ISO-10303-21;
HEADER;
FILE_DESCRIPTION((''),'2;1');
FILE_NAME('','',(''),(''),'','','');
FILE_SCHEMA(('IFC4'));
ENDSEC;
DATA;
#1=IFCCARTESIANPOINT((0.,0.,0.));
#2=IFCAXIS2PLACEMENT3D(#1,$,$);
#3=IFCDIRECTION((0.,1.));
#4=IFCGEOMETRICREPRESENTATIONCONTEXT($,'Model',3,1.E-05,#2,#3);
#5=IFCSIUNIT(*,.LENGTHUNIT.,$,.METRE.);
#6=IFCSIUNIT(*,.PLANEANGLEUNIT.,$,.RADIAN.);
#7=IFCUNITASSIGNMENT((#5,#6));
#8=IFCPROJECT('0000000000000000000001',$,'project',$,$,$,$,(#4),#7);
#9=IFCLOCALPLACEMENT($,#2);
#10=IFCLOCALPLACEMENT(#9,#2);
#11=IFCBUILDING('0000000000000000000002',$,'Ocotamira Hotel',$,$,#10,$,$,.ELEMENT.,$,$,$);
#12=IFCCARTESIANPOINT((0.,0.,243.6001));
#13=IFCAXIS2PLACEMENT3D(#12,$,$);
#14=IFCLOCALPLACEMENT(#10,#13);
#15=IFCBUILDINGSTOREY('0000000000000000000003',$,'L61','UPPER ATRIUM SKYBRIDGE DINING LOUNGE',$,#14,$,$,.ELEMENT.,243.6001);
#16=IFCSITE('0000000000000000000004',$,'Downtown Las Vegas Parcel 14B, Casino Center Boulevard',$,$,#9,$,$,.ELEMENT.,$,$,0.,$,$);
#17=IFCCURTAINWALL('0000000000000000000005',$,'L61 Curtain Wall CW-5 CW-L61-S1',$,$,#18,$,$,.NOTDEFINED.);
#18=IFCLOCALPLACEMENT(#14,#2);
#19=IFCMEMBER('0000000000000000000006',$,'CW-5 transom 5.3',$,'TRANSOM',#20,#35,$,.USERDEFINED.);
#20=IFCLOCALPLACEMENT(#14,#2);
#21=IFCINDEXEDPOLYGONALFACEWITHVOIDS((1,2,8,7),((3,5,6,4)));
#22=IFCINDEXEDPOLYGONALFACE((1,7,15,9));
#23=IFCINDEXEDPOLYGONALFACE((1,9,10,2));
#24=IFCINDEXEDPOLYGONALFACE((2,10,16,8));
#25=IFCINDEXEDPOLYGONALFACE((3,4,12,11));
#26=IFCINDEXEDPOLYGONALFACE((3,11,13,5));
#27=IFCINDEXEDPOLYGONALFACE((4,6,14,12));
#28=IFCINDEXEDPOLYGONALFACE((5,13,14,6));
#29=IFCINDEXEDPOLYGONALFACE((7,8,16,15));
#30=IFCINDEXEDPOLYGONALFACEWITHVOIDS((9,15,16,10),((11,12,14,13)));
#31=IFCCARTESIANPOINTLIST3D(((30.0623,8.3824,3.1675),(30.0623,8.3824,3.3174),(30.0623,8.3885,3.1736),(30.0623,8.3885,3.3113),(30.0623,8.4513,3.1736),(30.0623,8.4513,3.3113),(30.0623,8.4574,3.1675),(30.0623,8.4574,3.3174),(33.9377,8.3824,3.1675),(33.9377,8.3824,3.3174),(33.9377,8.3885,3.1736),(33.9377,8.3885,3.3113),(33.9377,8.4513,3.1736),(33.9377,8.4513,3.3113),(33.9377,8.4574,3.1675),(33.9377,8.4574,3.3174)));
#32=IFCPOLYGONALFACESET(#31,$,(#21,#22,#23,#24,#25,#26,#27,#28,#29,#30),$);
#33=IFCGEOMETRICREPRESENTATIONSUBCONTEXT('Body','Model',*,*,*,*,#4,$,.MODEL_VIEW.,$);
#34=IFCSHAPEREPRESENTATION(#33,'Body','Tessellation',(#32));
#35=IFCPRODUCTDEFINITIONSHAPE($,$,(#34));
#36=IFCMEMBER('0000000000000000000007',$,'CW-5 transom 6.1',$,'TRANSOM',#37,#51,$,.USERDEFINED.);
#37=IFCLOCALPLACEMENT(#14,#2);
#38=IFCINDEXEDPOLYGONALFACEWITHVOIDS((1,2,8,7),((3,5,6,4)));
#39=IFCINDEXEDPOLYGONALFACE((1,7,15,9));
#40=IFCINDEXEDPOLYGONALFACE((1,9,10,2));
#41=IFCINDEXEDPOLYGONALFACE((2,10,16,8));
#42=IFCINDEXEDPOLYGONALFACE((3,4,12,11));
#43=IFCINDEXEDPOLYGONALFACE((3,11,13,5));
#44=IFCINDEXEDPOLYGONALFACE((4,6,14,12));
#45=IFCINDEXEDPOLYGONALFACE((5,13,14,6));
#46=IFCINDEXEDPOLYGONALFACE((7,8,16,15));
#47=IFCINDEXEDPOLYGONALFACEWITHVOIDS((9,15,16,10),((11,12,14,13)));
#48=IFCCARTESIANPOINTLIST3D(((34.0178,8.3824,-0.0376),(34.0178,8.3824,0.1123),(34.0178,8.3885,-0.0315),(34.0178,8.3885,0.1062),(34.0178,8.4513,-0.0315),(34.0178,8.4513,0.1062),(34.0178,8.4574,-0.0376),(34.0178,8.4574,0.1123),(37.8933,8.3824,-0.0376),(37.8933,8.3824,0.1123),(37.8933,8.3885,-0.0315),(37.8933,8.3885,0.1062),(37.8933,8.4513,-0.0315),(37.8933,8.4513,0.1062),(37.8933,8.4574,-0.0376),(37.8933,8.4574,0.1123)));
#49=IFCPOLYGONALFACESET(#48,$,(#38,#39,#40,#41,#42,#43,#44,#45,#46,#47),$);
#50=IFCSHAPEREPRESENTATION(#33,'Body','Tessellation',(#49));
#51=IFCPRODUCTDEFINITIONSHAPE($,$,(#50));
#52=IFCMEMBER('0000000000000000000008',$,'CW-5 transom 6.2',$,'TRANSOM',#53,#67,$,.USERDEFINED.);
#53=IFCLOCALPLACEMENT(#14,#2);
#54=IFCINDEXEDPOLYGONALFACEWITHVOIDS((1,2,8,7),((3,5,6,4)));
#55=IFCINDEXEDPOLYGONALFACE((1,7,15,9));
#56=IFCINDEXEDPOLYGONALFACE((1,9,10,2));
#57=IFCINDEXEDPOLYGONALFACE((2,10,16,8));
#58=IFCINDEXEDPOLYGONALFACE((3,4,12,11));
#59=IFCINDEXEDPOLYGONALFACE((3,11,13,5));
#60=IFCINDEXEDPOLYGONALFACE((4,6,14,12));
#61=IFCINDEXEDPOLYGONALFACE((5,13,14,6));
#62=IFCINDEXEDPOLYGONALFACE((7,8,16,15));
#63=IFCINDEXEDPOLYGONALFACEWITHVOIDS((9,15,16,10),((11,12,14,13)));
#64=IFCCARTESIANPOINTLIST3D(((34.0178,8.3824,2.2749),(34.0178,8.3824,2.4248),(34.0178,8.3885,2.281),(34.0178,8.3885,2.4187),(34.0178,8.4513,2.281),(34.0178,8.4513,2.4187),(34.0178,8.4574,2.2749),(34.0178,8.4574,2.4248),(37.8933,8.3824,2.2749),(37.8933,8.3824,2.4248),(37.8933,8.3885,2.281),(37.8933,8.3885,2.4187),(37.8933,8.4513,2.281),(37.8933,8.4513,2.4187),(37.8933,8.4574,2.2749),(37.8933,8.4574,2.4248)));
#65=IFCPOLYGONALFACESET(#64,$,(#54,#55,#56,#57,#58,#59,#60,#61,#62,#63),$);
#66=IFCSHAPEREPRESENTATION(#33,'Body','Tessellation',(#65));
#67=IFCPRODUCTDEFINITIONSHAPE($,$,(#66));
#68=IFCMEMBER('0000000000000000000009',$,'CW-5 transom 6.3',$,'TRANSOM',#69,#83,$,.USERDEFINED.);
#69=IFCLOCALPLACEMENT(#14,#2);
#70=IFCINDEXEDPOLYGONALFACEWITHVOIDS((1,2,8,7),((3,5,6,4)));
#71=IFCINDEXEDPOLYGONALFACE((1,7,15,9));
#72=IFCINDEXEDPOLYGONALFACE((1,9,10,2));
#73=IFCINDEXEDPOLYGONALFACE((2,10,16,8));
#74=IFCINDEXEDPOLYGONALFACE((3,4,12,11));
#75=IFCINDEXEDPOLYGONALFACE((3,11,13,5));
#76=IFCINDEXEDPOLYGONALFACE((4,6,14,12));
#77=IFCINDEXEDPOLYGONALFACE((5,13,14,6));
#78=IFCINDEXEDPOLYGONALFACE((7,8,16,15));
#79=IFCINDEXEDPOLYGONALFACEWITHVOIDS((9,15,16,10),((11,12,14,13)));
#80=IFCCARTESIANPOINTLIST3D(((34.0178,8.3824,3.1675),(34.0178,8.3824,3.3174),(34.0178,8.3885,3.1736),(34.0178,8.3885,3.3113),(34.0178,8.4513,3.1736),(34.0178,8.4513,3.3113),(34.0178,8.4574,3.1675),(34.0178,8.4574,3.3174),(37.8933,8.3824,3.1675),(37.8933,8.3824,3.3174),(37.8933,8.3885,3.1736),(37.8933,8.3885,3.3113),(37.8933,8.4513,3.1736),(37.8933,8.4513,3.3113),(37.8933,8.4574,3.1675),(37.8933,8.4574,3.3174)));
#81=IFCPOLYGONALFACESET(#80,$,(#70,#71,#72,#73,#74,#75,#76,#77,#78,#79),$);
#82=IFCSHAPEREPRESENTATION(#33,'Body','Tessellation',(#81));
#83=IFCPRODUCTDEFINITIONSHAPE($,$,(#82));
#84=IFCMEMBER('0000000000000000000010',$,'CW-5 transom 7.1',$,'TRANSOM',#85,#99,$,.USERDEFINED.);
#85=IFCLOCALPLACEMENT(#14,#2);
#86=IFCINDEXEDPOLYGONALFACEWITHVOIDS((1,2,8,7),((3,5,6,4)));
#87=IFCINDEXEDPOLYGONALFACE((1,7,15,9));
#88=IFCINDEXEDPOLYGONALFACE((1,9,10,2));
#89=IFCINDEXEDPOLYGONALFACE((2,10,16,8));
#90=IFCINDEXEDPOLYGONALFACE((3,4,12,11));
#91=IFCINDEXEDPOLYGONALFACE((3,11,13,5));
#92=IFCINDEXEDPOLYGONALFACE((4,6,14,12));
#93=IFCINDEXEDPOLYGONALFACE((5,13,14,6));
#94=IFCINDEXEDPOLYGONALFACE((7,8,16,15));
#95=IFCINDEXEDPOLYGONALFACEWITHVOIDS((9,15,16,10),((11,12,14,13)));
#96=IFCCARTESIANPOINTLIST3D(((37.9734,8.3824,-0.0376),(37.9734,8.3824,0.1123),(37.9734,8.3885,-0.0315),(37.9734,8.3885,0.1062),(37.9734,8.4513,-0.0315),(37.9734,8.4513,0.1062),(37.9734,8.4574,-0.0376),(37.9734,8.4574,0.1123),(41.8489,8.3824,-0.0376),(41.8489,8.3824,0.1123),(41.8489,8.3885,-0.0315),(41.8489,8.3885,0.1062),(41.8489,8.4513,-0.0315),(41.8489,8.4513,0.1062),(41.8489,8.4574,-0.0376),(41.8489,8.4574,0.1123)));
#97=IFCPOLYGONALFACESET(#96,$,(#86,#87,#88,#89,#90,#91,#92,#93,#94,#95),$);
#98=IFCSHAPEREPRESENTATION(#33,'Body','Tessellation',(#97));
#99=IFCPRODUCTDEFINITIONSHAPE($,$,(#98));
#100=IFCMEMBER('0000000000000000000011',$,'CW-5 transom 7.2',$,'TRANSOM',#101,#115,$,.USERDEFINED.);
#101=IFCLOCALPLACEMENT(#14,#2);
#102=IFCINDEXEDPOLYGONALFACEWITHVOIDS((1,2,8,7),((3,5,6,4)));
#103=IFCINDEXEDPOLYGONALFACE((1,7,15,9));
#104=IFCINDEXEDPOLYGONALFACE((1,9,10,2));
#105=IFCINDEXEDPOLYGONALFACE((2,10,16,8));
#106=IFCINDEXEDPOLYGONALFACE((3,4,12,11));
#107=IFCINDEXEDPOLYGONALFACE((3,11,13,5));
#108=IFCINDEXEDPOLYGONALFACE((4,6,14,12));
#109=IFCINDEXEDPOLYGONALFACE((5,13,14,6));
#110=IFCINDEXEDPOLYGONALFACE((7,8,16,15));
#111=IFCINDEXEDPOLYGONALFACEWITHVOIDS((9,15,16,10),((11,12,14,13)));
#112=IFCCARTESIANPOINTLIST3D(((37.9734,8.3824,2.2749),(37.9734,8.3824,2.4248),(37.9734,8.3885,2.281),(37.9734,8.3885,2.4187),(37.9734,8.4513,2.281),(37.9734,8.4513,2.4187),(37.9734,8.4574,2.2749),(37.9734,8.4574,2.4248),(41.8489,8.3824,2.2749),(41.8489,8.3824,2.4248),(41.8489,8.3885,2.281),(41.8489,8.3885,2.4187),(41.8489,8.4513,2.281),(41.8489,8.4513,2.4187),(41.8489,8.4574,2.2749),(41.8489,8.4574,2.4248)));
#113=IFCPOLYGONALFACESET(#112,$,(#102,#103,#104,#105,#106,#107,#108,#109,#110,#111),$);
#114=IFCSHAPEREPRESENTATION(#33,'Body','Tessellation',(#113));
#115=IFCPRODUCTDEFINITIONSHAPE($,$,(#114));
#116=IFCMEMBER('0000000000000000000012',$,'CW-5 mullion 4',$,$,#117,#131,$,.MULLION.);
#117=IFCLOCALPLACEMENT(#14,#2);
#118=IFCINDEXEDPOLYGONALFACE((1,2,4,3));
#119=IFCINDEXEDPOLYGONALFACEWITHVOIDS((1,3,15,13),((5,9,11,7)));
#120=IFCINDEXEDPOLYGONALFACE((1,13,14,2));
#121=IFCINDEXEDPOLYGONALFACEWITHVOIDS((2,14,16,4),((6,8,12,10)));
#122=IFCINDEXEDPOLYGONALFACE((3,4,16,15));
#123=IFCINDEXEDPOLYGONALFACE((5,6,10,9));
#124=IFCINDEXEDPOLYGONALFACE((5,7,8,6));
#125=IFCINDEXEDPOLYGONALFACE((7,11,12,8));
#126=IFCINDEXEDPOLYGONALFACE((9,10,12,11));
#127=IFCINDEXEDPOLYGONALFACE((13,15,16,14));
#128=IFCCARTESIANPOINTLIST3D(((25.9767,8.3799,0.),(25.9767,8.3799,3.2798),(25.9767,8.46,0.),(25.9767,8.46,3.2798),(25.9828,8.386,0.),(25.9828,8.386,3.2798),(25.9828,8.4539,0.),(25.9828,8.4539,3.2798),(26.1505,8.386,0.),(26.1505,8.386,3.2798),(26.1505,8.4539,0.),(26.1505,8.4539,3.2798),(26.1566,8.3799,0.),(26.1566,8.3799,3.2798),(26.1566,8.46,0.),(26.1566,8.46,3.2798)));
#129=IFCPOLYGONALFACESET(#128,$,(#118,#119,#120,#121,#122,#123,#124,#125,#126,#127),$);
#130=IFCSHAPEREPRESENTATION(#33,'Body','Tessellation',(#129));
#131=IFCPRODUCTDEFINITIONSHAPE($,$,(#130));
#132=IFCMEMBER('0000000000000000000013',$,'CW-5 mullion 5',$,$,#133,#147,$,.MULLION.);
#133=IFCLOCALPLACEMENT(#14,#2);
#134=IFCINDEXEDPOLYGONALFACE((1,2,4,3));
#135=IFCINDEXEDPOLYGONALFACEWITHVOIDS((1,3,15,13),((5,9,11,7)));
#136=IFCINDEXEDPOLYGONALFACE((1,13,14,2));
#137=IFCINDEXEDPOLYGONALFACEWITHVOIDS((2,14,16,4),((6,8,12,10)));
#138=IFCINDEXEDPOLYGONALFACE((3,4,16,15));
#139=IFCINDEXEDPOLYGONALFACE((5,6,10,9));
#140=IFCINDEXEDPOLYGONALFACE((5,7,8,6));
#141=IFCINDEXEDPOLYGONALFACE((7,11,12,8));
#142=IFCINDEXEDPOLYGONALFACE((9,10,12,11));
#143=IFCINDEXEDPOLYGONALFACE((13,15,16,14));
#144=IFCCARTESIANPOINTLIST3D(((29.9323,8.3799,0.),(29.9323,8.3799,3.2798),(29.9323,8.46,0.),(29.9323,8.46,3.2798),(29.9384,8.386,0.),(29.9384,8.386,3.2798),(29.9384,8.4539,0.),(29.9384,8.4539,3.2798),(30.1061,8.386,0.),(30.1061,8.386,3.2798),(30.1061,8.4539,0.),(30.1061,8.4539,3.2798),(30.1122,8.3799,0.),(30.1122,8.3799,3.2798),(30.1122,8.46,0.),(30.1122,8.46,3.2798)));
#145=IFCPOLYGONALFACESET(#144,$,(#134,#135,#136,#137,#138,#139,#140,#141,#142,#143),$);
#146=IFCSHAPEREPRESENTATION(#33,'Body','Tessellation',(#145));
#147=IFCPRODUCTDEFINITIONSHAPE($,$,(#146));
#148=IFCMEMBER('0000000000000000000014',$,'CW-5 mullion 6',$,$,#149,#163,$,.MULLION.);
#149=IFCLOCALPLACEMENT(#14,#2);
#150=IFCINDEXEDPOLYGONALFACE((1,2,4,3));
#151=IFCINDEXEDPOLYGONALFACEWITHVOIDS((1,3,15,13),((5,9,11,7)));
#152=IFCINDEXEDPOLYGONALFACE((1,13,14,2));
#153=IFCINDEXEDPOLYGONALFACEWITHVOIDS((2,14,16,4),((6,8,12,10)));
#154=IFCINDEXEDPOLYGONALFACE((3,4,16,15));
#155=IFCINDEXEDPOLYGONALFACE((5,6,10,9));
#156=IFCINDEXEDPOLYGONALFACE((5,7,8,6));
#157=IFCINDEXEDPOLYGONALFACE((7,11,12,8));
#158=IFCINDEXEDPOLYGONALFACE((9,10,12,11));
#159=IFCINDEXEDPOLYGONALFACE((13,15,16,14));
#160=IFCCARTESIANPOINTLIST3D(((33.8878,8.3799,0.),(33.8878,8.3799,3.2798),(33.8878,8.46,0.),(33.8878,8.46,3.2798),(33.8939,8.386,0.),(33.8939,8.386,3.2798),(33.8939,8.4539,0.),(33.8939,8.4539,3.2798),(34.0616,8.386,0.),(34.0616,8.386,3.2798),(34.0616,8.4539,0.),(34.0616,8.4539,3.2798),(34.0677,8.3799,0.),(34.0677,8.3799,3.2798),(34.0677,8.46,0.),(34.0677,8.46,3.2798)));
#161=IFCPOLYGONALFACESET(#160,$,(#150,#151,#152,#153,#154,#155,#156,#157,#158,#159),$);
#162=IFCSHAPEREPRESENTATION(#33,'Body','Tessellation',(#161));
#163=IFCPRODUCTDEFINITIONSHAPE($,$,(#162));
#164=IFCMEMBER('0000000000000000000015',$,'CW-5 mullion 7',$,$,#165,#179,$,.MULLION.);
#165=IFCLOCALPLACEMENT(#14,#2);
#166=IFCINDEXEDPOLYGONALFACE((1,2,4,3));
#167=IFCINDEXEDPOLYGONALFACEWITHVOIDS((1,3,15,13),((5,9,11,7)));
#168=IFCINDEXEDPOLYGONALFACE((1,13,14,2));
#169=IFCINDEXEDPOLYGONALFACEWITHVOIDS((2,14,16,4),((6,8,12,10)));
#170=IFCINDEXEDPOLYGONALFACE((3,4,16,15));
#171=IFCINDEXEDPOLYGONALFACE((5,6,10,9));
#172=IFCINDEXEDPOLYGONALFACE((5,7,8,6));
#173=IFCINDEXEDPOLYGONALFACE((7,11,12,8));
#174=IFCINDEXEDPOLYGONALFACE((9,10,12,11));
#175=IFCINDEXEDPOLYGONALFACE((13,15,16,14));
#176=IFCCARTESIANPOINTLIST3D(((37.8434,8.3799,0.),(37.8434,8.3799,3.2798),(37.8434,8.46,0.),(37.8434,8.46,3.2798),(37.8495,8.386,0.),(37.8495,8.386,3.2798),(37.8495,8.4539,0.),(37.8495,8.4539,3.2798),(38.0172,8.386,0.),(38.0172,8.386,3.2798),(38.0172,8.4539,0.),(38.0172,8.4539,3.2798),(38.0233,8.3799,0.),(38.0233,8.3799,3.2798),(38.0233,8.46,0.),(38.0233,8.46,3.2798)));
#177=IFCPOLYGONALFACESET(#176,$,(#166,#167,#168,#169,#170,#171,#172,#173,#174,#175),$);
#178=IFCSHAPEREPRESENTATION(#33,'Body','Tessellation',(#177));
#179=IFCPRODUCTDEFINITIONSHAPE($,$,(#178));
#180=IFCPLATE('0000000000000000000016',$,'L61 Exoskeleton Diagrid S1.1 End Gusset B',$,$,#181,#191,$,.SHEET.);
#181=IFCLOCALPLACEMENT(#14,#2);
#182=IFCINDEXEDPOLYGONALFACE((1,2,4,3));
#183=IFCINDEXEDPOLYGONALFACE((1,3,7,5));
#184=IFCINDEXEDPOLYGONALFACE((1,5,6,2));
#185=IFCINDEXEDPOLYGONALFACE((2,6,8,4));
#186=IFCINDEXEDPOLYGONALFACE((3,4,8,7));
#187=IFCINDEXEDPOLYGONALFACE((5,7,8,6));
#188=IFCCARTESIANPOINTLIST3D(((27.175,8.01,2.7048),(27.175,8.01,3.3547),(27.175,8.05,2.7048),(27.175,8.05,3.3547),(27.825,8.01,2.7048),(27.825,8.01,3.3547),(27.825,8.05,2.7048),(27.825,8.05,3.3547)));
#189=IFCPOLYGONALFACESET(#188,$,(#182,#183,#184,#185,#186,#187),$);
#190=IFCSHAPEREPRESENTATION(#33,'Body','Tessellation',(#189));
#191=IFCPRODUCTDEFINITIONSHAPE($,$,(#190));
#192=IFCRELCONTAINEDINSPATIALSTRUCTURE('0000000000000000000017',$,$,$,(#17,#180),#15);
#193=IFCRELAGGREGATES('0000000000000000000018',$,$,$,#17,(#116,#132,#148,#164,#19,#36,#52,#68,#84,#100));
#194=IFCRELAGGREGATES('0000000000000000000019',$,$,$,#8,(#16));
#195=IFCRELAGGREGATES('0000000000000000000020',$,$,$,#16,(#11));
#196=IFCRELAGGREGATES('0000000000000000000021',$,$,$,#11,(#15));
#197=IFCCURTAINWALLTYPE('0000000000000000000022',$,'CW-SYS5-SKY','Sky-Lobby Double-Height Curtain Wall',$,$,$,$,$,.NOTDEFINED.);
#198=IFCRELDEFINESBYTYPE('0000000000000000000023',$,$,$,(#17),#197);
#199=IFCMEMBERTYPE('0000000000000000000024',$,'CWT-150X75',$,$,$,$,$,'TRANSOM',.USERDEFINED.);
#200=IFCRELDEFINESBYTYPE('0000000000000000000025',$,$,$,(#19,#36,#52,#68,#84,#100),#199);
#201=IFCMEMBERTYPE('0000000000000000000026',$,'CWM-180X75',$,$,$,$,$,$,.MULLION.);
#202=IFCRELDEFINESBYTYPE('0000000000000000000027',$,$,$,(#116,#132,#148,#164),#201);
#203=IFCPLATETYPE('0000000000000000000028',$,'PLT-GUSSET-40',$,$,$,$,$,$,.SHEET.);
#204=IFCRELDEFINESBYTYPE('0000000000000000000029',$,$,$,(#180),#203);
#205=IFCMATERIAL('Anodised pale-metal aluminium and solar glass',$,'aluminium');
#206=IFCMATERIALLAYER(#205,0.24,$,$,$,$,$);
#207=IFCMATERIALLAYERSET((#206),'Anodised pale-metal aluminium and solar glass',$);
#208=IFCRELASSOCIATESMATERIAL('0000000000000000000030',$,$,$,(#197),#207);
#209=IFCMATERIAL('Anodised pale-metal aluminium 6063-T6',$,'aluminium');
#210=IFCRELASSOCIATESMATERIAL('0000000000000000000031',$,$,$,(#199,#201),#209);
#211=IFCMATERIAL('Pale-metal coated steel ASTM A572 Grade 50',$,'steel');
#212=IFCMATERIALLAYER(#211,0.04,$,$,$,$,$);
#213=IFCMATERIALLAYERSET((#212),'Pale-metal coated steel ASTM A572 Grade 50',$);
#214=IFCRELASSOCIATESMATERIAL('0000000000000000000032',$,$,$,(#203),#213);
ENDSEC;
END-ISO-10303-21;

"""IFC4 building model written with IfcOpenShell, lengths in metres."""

from ifc_helpers import new_model, si_unit, direction, frame, origin, origin_2d, place, context, subcontext, project, spatial, rectangle, hollow_rectangle, extrude, source, transform, mapped, material, layer, layer_set, material_profile, profile_set, type_object, element, aggregate, save


model = new_model("IFC4")

# Units and contexts
model_context = context("Model", 3, precision=1e-05, world=origin(), true_north=direction((0.0, 1.0)))
body_context = subcontext(model_context, "Body", "Model", "MODEL_VIEW")
ifc_project = project(units=[si_unit("LENGTHUNIT", "METRE"), si_unit("PLANEANGLEUNIT", "RADIAN")], contexts=[model_context])

# Site, building, storey
site_placement = place(None, origin())
site = spatial("IfcSite", under=ifc_project, at=site_placement, Name="Downtown Las Vegas Parcel 14B, Casino Center Boulevard", CompositionType="ELEMENT", RefElevation=0.0)
building_placement = place(site_placement, origin())
building = spatial("IfcBuilding", under=site, at=building_placement, Name="Ocotamira Hotel", CompositionType="ELEMENT")
storey_placement = place(building_placement, frame((0.0, 0.0, 243.6001)))
storey = spatial("IfcBuildingStorey", under=building, at=storey_placement, Name="L61", Description="UPPER ATRIUM SKYBRIDGE DINING LOUNGE", CompositionType="ELEMENT", Elevation=243.6001)

# Curtain wall, members
ifc_material_1 = material(Name="Anodised pale-metal aluminium and solar glass", Category="aluminium")
ifc_layer_1 = layer(ifc_material_1, 0.24)
ifc_layer_set_1 = layer_set([ifc_layer_1], Name="Anodised pale-metal aluminium and solar glass")
curtain_wall_type = type_object("IfcCurtainWallType", Name="CW-SYS5-SKY", Description="Sky-Lobby Double-Height Curtain Wall", PredefinedType="NOTDEFINED", material=ifc_layer_set_1)
curtain_wall_placement = place(storey_placement, origin())
curtain_wall = element("IfcCurtainWall", 1, at=curtain_wall_placement, inside=storey, type_object=curtain_wall_type, Name="L61 Curtain Wall CW-5 CW-L61-S1", PredefinedType="NOTDEFINED")
ifc_material_2 = material(Name="Anodised pale-metal aluminium 6063-T6", Category="aluminium")
ifc_material_profile_1 = material_profile(ifc_material_2, hollow_rectangle(XDim=0.075, YDim=0.1499, WallThickness=0.0061, at=origin_2d()), Name="HSS150X75X6")
ifc_profile_set_1 = profile_set([ifc_material_profile_1], Name="Anodised pale-metal aluminium 6063-T6")
member_type_1 = type_object("IfcMemberType", Name="CWT-150X75", ElementType="TRANSOM", PredefinedType="USERDEFINED", material=ifc_profile_set_1)
shared_shape_1 = source(origin(), body_context, "Body", "SweptSolid", [
    extrude(hollow_rectangle(XDim=0.075, YDim=0.1499, WallThickness=0.0061, at=origin_2d()), origin(), (0.0, 0.0, 1.0), 3.8755),
])
member_1_placement = place(storey_placement, frame((30.0623, 8.4199, 3.2424), z_axis=(1.0, 0.0, 0.0), x_axis=(0.0, 1.0, 0.0)))
member_1 = element("IfcMember", 2, at=member_1_placement, type_object=member_type_1, Name="CW-5 transom 5.3", ObjectType="TRANSOM", PredefinedType="USERDEFINED", context=body_context, shape_type="MappedRepresentation", body=[
    mapped(shared_shape_1, transform((0.0, 0.0, 0.0), scale=1.0)),
])
member_2_placement = place(storey_placement, frame((34.0178, 8.4199, 0.0374), z_axis=(1.0, 0.0, 0.0), x_axis=(0.0, 1.0, 0.0)))
member_2 = element("IfcMember", 3, at=member_2_placement, type_object=member_type_1, Name="CW-5 transom 6.1", ObjectType="TRANSOM", PredefinedType="USERDEFINED", context=body_context, shape_type="MappedRepresentation", body=[
    mapped(shared_shape_1, transform((0.0, 0.0, 0.0), scale=1.0)),
])
member_3_placement = place(storey_placement, frame((34.0178, 8.4199, 2.3499), z_axis=(1.0, 0.0, 0.0), x_axis=(0.0, 1.0, 0.0)))
member_3 = element("IfcMember", 4, at=member_3_placement, type_object=member_type_1, Name="CW-5 transom 6.2", ObjectType="TRANSOM", PredefinedType="USERDEFINED", context=body_context, shape_type="MappedRepresentation", body=[
    mapped(shared_shape_1, transform((0.0, 0.0, 0.0), scale=1.0)),
])
member_4_placement = place(storey_placement, frame((34.0178, 8.4199, 3.2424), z_axis=(1.0, 0.0, 0.0), x_axis=(0.0, 1.0, 0.0)))
member_4 = element("IfcMember", 5, at=member_4_placement, type_object=member_type_1, Name="CW-5 transom 6.3", ObjectType="TRANSOM", PredefinedType="USERDEFINED", context=body_context, shape_type="MappedRepresentation", body=[
    mapped(shared_shape_1, transform((0.0, 0.0, 0.0), scale=1.0)),
])
member_5_placement = place(storey_placement, frame((37.9734, 8.4199, 0.0374), z_axis=(1.0, 0.0, 0.0), x_axis=(0.0, 1.0, 0.0)))
member_5 = element("IfcMember", 6, at=member_5_placement, type_object=member_type_1, Name="CW-5 transom 7.1", ObjectType="TRANSOM", PredefinedType="USERDEFINED", context=body_context, shape_type="MappedRepresentation", body=[
    mapped(shared_shape_1, transform((0.0, 0.0, 0.0), scale=1.0)),
])
member_6_placement = place(storey_placement, frame((37.9734, 8.4199, 2.3499), z_axis=(1.0, 0.0, 0.0), x_axis=(0.0, 1.0, 0.0)))
member_6 = element("IfcMember", 7, at=member_6_placement, type_object=member_type_1, Name="CW-5 transom 7.2", ObjectType="TRANSOM", PredefinedType="USERDEFINED", context=body_context, shape_type="MappedRepresentation", body=[
    mapped(shared_shape_1, transform((0.0, 0.0, 0.0), scale=1.0)),
])
ifc_material_profile_2 = material_profile(ifc_material_2, hollow_rectangle(XDim=0.0801, YDim=0.1799, WallThickness=0.0061, at=origin_2d()), Name="HSS180X80X6")
ifc_profile_set_2 = profile_set([ifc_material_profile_2], Name="Anodised pale-metal aluminium 6063-T6")
member_type_2 = type_object("IfcMemberType", Name="CWM-180X75", PredefinedType="MULLION", material=ifc_profile_set_2)
shared_shape_2 = source(origin(), body_context, "Body", "SweptSolid", [
    extrude(hollow_rectangle(XDim=0.0801, YDim=0.1799, WallThickness=0.0061, at=origin_2d()), origin(), (0.0, 0.0, 1.0), 3.2798),
])
member_7_placement = place(storey_placement, frame((26.0667, 8.4199, 0.0), z_axis=(0.0, 0.0, 1.0), x_axis=(0.0, 1.0, 0.0)))
member_7 = element("IfcMember", 8, at=member_7_placement, type_object=member_type_2, Name="CW-5 mullion 4", PredefinedType="MULLION", context=body_context, shape_type="MappedRepresentation", body=[
    mapped(shared_shape_2, transform((0.0, 0.0, 0.0), scale=1.0)),
])
member_8_placement = place(storey_placement, frame((30.0222, 8.4199, 0.0), z_axis=(0.0, 0.0, 1.0), x_axis=(0.0, 1.0, 0.0)))
member_8 = element("IfcMember", 9, at=member_8_placement, type_object=member_type_2, Name="CW-5 mullion 5", PredefinedType="MULLION", context=body_context, shape_type="MappedRepresentation", body=[
    mapped(shared_shape_2, transform((0.0, 0.0, 0.0), scale=1.0)),
])
member_9_placement = place(storey_placement, frame((33.9778, 8.4199, 0.0), z_axis=(0.0, 0.0, 1.0), x_axis=(0.0, 1.0, 0.0)))
member_9 = element("IfcMember", 10, at=member_9_placement, type_object=member_type_2, Name="CW-5 mullion 6", PredefinedType="MULLION", context=body_context, shape_type="MappedRepresentation", body=[
    mapped(shared_shape_2, transform((0.0, 0.0, 0.0), scale=1.0)),
])
member_10_placement = place(storey_placement, frame((37.9333, 8.4199, 0.0), z_axis=(0.0, 0.0, 1.0), x_axis=(0.0, 1.0, 0.0)))
member_10 = element("IfcMember", 11, at=member_10_placement, type_object=member_type_2, Name="CW-5 mullion 7", PredefinedType="MULLION", context=body_context, shape_type="MappedRepresentation", body=[
    mapped(shared_shape_2, transform((0.0, 0.0, 0.0), scale=1.0)),
])

# Plate
ifc_material_3 = material(Name="Pale-metal coated steel ASTM A572 Grade 50", Category="steel")
ifc_layer_2 = layer(ifc_material_3, 0.04)
ifc_layer_set_2 = layer_set([ifc_layer_2], Name="Pale-metal coated steel ASTM A572 Grade 50")
plate_type_1 = type_object("IfcPlateType", Name="PLT-GUSSET-40", PredefinedType="SHEET", material=ifc_layer_set_2)
shared_shape_3 = source(origin(), body_context, "Body", "SweptSolid", [
    extrude(rectangle(XDim=0.6499, YDim=0.04, at=origin_2d()), origin(), (0.0, 0.0, 1.0), 0.6499),
])
for number, where, z_axis, x_axis, name in (
    (12, (27.5, 8.03, 2.7048), (0.0, 0.0, 1.0), (1.0, 0.0, 0.0), "L61 Exoskeleton Diagrid S1.1 End Gusset B"),
):
    element("IfcPlate", number, at=place(storey_placement, frame(where, z_axis=z_axis, x_axis=x_axis)), inside=storey, type_object=plate_type_1, Name=name, PredefinedType="SHEET", context=body_context, shape_type="MappedRepresentation", body=[
        mapped(shared_shape_3, transform((0.0, 0.0, 0.0), scale=1.0)),
    ])

aggregate(curtain_wall, [member_7, member_8, member_9, member_10, member_1, member_2, member_3, member_4, member_5, member_6])

save(model, "model.ifc")
